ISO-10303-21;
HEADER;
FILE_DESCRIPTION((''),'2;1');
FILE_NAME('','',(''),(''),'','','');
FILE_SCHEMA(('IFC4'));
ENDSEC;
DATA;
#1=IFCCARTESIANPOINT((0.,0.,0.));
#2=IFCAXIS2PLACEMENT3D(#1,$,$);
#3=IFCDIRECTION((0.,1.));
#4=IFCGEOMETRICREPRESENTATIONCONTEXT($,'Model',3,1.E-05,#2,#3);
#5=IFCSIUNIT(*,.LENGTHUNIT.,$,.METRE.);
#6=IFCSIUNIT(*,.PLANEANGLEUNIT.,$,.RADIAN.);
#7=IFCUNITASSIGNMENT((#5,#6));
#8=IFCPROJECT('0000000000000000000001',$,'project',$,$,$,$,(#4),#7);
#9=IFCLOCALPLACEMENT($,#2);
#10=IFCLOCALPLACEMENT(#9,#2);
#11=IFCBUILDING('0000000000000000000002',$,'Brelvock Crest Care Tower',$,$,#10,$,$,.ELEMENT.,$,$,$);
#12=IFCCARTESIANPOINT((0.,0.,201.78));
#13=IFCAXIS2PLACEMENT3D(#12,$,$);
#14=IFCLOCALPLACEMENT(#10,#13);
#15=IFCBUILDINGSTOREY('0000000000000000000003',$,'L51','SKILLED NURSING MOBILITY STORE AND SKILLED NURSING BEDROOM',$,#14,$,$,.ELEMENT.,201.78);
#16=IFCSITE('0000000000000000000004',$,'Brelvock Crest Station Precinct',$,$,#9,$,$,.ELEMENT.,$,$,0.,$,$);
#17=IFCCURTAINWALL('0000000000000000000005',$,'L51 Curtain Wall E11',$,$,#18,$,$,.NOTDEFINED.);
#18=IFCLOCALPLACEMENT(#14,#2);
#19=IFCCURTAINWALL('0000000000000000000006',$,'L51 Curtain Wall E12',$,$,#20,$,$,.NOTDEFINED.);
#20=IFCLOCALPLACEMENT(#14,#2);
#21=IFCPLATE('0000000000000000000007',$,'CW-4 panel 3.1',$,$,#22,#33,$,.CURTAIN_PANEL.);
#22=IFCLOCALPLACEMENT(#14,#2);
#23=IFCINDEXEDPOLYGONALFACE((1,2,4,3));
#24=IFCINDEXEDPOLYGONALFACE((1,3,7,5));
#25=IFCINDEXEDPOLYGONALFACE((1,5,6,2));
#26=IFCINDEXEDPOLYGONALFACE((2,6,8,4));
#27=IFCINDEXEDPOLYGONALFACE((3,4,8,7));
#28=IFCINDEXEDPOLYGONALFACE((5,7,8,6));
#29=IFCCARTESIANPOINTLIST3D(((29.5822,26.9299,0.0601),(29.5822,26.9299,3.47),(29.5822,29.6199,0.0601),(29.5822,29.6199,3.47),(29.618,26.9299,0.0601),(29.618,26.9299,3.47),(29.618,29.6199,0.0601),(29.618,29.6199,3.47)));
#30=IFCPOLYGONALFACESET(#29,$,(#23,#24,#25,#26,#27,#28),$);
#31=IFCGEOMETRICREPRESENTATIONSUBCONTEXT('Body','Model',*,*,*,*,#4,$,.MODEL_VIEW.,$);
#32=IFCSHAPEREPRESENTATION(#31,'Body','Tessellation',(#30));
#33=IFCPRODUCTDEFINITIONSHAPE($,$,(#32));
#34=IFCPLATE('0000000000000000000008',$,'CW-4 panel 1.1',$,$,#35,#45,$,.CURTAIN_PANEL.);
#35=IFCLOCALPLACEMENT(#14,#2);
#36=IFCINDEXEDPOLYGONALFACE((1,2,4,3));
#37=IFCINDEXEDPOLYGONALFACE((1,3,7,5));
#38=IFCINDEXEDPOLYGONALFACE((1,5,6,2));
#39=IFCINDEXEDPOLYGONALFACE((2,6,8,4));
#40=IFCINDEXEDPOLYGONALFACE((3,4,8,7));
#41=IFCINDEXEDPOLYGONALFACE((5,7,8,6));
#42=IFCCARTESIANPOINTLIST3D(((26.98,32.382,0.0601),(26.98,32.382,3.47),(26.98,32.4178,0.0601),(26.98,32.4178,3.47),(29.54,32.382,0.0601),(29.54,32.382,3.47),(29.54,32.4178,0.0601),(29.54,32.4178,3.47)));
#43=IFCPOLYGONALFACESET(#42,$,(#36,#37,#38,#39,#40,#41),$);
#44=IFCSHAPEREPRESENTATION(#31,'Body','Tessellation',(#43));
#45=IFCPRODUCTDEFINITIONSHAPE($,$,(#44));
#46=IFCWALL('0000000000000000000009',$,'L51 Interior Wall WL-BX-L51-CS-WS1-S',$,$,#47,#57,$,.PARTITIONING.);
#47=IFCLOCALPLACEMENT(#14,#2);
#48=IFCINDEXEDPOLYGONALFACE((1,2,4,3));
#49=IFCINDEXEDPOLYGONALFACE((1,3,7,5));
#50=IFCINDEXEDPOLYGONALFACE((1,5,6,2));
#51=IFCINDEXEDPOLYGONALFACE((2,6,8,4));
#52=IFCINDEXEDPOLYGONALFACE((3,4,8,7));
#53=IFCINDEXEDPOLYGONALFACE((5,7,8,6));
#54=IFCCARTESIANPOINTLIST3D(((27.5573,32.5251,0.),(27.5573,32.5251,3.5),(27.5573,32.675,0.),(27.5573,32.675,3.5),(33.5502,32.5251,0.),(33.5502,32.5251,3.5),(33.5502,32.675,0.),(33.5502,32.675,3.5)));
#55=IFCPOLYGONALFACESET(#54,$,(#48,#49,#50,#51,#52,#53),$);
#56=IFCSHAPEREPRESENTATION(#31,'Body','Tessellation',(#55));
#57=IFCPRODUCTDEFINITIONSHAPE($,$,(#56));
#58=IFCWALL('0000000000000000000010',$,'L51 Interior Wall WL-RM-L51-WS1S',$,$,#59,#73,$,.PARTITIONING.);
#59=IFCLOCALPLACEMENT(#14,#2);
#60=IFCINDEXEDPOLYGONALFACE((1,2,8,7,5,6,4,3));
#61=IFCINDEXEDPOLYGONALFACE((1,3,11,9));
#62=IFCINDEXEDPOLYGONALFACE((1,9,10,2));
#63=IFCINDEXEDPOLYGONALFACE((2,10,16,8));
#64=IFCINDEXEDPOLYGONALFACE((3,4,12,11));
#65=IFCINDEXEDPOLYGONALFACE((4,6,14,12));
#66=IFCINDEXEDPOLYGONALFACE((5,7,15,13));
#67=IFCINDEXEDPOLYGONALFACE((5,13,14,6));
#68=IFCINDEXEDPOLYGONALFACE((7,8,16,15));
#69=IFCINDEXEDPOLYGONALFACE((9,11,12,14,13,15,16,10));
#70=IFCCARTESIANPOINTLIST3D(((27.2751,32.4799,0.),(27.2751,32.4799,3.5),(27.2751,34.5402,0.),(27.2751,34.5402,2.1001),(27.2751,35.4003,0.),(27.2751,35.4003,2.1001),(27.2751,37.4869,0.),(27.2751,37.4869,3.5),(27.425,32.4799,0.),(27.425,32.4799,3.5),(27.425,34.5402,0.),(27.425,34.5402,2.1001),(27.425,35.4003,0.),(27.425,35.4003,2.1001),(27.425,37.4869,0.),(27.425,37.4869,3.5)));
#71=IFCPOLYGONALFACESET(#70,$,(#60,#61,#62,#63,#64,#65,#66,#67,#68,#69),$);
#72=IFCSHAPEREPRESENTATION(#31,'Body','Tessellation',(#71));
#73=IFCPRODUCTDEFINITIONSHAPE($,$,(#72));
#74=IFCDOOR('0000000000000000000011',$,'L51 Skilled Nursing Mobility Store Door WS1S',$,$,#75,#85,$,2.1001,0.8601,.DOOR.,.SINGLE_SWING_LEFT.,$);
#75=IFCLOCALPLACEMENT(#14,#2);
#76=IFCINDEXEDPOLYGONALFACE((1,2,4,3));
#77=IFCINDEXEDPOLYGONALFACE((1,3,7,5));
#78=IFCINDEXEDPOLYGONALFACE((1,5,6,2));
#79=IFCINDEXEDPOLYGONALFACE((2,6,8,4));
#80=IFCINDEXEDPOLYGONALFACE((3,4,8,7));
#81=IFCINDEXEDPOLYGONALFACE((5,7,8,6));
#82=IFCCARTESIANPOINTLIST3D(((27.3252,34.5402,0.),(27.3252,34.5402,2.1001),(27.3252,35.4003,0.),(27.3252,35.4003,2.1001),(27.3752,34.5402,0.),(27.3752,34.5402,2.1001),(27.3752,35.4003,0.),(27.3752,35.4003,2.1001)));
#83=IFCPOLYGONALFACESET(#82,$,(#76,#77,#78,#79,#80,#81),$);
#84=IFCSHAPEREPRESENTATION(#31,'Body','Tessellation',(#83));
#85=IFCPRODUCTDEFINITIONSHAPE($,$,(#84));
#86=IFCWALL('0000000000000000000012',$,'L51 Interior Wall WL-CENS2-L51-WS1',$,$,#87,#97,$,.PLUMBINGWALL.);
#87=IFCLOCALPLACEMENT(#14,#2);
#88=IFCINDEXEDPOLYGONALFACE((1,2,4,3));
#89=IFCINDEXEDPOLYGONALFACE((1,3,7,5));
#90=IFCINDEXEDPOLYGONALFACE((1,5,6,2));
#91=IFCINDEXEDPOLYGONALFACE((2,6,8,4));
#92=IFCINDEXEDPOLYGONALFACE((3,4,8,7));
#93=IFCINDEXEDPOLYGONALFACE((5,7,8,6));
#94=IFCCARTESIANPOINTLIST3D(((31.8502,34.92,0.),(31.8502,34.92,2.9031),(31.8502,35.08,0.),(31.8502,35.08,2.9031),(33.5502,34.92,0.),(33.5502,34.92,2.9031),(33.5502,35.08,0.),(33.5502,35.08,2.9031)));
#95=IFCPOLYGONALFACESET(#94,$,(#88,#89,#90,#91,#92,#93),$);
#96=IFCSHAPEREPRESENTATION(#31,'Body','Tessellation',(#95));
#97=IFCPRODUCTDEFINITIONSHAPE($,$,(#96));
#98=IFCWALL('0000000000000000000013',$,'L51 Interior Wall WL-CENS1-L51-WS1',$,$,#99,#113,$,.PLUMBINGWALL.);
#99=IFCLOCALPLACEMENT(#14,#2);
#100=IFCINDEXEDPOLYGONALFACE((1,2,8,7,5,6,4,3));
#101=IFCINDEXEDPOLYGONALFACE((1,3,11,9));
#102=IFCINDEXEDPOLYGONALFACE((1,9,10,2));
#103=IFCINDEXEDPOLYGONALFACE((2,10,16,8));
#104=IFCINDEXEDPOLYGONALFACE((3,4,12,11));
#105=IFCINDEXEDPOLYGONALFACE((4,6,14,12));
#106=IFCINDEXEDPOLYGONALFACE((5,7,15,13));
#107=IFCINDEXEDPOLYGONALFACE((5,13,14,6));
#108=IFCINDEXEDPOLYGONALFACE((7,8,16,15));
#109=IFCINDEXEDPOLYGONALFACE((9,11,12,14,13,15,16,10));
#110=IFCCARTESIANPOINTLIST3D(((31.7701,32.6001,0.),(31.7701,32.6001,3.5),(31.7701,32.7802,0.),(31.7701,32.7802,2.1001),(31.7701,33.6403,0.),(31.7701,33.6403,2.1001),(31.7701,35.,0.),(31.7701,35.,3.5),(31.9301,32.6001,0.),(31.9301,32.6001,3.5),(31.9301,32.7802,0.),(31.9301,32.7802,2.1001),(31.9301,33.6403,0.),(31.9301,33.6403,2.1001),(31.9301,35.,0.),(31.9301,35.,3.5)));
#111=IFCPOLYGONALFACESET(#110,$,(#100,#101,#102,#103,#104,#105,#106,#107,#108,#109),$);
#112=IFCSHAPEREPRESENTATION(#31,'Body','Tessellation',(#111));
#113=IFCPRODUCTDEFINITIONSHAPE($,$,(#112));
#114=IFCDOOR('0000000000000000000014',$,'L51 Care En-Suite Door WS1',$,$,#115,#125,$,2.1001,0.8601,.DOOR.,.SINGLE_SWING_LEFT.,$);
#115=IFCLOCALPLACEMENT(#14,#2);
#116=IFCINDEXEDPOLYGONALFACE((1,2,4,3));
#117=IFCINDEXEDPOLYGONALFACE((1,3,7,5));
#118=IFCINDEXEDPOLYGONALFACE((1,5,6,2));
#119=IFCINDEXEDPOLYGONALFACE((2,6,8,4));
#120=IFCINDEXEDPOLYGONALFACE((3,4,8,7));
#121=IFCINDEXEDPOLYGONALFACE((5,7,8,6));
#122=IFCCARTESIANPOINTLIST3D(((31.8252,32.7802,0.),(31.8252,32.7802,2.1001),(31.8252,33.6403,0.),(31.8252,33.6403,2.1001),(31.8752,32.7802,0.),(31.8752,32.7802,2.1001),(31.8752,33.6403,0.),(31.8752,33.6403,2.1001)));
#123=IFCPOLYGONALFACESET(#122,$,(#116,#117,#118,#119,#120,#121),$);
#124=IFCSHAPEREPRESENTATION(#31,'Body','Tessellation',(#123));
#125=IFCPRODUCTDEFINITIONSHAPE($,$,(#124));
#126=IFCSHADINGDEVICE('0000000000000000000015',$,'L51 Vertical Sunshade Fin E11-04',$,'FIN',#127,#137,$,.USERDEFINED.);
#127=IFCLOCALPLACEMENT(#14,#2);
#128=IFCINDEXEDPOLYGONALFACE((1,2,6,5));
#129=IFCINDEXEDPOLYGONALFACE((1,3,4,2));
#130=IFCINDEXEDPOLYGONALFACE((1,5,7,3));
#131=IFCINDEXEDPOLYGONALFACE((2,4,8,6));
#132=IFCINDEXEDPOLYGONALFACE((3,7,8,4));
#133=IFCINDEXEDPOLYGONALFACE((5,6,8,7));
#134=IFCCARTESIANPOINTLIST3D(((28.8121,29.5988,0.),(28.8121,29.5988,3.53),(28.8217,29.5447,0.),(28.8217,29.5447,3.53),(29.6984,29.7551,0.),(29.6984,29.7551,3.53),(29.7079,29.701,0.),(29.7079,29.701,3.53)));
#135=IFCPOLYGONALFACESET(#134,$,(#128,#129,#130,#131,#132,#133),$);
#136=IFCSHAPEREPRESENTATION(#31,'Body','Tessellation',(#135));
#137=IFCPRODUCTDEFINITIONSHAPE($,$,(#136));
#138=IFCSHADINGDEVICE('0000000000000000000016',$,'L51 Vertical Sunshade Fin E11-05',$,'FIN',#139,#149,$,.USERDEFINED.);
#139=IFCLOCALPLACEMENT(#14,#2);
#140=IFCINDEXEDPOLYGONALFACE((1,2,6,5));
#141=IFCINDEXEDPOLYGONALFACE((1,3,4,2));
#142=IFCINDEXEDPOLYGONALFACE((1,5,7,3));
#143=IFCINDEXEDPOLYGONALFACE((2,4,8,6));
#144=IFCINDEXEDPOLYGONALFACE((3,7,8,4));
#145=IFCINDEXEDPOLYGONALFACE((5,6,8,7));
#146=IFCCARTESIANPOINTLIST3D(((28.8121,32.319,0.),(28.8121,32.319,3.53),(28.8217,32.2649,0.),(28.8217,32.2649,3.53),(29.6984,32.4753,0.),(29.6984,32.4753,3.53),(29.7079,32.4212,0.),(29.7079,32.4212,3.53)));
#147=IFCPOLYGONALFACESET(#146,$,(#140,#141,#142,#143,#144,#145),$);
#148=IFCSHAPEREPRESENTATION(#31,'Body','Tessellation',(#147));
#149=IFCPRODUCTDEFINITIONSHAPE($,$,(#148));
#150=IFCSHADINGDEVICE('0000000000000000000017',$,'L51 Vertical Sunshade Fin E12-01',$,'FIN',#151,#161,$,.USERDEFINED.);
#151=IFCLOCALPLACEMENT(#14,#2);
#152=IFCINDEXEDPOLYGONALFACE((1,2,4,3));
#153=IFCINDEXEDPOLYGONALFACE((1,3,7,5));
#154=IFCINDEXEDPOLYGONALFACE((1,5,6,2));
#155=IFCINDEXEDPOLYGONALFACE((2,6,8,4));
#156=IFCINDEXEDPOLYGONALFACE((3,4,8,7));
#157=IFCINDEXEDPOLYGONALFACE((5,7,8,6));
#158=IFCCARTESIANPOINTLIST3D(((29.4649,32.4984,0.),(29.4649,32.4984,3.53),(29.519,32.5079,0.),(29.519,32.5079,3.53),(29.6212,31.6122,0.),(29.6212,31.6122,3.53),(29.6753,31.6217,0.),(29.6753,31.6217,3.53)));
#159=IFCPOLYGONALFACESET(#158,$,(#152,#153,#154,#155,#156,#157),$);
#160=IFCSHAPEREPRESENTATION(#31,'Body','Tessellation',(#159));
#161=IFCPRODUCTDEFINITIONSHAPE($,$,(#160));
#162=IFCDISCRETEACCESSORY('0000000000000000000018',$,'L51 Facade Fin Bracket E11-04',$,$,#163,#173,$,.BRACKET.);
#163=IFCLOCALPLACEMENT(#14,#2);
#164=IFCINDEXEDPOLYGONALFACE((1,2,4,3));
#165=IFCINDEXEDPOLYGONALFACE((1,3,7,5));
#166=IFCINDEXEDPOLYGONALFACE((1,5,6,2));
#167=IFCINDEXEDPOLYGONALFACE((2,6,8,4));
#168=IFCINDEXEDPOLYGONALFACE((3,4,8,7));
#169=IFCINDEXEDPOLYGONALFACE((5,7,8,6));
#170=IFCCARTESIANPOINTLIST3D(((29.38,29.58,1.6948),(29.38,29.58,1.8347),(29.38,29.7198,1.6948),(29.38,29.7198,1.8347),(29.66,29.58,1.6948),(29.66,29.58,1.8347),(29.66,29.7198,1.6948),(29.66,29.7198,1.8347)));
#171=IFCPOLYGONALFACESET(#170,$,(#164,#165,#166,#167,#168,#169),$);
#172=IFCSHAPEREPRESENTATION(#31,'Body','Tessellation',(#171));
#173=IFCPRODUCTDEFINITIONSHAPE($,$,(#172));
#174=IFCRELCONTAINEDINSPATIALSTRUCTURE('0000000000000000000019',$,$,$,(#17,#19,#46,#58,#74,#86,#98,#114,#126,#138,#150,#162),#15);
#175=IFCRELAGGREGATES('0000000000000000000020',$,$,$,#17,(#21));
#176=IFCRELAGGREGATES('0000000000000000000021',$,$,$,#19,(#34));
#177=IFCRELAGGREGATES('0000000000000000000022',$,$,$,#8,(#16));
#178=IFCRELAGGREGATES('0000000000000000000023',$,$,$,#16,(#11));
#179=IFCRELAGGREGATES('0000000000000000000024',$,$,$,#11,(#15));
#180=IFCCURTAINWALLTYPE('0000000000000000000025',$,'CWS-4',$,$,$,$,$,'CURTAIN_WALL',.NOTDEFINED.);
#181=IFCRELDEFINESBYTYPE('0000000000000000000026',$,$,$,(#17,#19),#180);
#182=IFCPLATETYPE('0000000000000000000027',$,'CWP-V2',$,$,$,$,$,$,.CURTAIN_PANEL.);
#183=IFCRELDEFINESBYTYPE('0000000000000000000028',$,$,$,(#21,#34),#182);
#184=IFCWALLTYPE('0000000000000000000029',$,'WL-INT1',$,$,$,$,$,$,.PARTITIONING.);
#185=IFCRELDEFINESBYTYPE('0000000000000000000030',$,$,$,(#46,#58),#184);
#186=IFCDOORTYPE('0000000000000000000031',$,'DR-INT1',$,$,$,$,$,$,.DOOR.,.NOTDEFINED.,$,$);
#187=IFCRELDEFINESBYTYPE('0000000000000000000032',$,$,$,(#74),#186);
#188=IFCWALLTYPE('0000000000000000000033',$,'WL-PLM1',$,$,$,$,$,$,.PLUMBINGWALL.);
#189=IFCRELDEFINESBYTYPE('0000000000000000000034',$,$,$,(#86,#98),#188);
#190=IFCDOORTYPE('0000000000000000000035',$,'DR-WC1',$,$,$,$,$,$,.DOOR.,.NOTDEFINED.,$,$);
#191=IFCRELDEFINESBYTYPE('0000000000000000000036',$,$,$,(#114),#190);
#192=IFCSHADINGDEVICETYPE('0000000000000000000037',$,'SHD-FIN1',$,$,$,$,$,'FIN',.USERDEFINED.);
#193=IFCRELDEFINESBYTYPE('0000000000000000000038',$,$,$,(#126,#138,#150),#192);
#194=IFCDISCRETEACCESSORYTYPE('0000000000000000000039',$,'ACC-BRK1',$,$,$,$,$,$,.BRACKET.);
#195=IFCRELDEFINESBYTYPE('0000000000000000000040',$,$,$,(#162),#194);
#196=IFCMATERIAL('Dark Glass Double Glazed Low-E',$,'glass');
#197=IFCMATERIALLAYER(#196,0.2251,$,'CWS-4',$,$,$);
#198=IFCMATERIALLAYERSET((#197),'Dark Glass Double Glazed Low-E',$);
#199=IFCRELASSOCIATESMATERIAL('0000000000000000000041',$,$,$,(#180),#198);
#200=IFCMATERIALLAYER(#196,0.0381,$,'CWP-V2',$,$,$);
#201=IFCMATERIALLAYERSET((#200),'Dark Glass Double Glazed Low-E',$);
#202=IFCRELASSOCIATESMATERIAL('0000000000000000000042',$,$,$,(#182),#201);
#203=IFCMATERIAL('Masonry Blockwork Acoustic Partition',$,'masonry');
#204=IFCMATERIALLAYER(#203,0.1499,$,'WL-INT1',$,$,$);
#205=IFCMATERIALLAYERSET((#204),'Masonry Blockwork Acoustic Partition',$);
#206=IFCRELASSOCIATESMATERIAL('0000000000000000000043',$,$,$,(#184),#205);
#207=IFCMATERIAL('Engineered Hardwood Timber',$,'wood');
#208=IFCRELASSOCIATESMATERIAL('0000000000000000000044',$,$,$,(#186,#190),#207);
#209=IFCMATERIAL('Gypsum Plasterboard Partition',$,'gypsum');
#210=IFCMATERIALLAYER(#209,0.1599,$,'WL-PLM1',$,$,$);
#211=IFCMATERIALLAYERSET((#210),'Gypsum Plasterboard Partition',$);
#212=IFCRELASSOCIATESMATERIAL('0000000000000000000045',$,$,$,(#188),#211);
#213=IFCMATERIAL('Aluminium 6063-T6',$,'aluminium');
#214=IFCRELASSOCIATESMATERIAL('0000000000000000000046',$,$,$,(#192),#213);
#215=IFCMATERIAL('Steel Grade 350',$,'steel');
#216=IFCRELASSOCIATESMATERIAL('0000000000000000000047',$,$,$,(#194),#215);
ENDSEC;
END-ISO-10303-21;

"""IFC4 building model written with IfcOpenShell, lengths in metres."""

from ifc_helpers import new_model, si_unit, direction, frame, frame_2d, origin, origin_2d, place, context, subcontext, project, spatial, rectangle, extrude, source, transform, mapped, material, layer, layer_set, material_profile, profile_set, type_object, element, fill, aggregate, save


model = new_model("IFC4")

# Units and contexts
model_context = context("Model", 3, precision=1e-05, world=origin(), true_north=direction((0.0, 1.0)))
body_context = subcontext(model_context, "Body", "Model", "MODEL_VIEW")
ifc_project = project(units=[si_unit("LENGTHUNIT", "METRE"), si_unit("PLANEANGLEUNIT", "RADIAN")], contexts=[model_context])

# Site, building, storey
site_placement = place(None, origin())
site = spatial("IfcSite", under=ifc_project, at=site_placement, Name="Brelvock Crest Station Precinct", CompositionType="ELEMENT", RefElevation=0.0)
building_placement = place(site_placement, origin())
building = spatial("IfcBuilding", under=site, at=building_placement, Name="Brelvock Crest Care Tower", CompositionType="ELEMENT")
storey_placement = place(building_placement, frame((0.0, 0.0, 201.78)))
storey = spatial("IfcBuildingStorey", under=building, at=storey_placement, Name="L51", Description="SKILLED NURSING MOBILITY STORE AND SKILLED NURSING BEDROOM", CompositionType="ELEMENT", Elevation=201.78)

# Shared definitions
ifc_material_1 = material(Name="Steel Grade 350", Category="steel")

# Curtain wall
ifc_material_2 = material(Name="Dark Glass Double Glazed Low-E", Category="glass")
ifc_layer_1 = layer(ifc_material_2, 0.2251, Name="CWS-4")
ifc_layer_set_1 = layer_set([ifc_layer_1], Name="Dark Glass Double Glazed Low-E")
curtain_wall_type = type_object("IfcCurtainWallType", Name="CWS-4", ElementType="CURTAIN_WALL", PredefinedType="NOTDEFINED", material=ifc_layer_set_1)
curtain_wall_1_placement = place(storey_placement, origin())
curtain_wall_1 = element("IfcCurtainWall", 1, at=curtain_wall_1_placement, inside=storey, type_object=curtain_wall_type, Name="L51 Curtain Wall E11", PredefinedType="NOTDEFINED")
ifc_material_3 = material(Name="Aluminium 6063-T6", Category="aluminium")

# Curtain wall
curtain_wall_2_placement = place(storey_placement, origin())
curtain_wall_2 = element("IfcCurtainWall", 2, at=curtain_wall_2_placement, inside=storey, type_object=curtain_wall_type, Name="L51 Curtain Wall E12", PredefinedType="NOTDEFINED")

# Plates
ifc_layer_2 = layer(ifc_material_2, 0.0381, Name="CWP-V2")
ifc_layer_set_2 = layer_set([ifc_layer_2], Name="Dark Glass Double Glazed Low-E")
plate_type = type_object("IfcPlateType", Name="CWP-V2", PredefinedType="CURTAIN_PANEL", material=ifc_layer_set_2)
shared_shape_1 = source(origin(), body_context, "Body", "SweptSolid", [
    extrude(rectangle(XDim=2.6899, YDim=0.0359, at=origin_2d()), origin(), (0.0, 0.0, 1.0), 3.4099),
])
plate_1_placement = place(storey_placement, frame((29.6001, 28.2749, 0.0601), z_axis=(0.0, 0.0, 1.0), x_axis=(0.0, 1.0, 0.0)))
plate_1 = element("IfcPlate", 3, at=plate_1_placement, type_object=plate_type, Name="CW-4 panel 3.1", PredefinedType="CURTAIN_PANEL", context=body_context, shape_type="MappedRepresentation", body=[
    mapped(shared_shape_1, transform((0.0, 0.0, 0.0), x_axis=(1.0, 0.0, 0.0), y_axis=(0.0, 1.0, 0.0), z_axis=(0.0, 0.0, 1.0), scale=1.0)),
])
aggregate(curtain_wall_1, [plate_1])
shared_shape_2 = source(origin(), body_context, "Body", "SweptSolid", [
    extrude(rectangle(XDim=2.5601, YDim=0.0359, at=origin_2d()), origin(), (0.0, 0.0, 1.0), 3.4099),
])
plate_2_placement = place(storey_placement, frame((28.26, 32.3999, 0.0601), z_axis=(0.0, 0.0, 1.0), x_axis=(-1.0, 0.0, 0.0)))
plate_2 = element("IfcPlate", 4, at=plate_2_placement, type_object=plate_type, Name="CW-4 panel 1.1", PredefinedType="CURTAIN_PANEL", context=body_context, shape_type="MappedRepresentation", body=[
    mapped(shared_shape_2, transform((0.0, 0.0, 0.0), x_axis=(1.0, 0.0, 0.0), y_axis=(0.0, 1.0, 0.0), z_axis=(0.0, 0.0, 1.0), scale=1.0)),
])
aggregate(curtain_wall_2, [plate_2])

# Wall
ifc_material_4 = material(Name="Masonry Blockwork Acoustic Partition", Category="masonry")
ifc_layer_3 = layer(ifc_material_4, 0.1499, Name="WL-INT1")
ifc_layer_set_3 = layer_set([ifc_layer_3], Name="Masonry Blockwork Acoustic Partition")
wall_type_1 = type_object("IfcWallType", Name="WL-INT1", PredefinedType="PARTITIONING", material=ifc_layer_set_3)
wall_1_placement = place(storey_placement, frame((27.5571, 32.6001, 0.0), z_axis=(0.0, 0.0, 1.0), x_axis=(1.0, 0.0, 0.0)))
element("IfcWall", 5, at=wall_1_placement, inside=storey, type_object=wall_type_1, Name="L51 Interior Wall WL-BX-L51-CS-WS1-S", PredefinedType="PARTITIONING", context=body_context, shape_type="SweptSolid", body=[
    extrude(rectangle(XDim=5.9929, YDim=0.1499, at=frame_2d((2.9966, 0.0))), origin(), (0.0, 0.0, 1.0), 3.5),
])

# Wall, opening, door
wall_2_placement = place(storey_placement, frame((27.3501, 32.48, 0.0), z_axis=(0.0, 0.0, 1.0), x_axis=(0.0, 1.0, 0.0)))
wall_2 = element("IfcWall", 6, at=wall_2_placement, inside=storey, type_object=wall_type_1, Name="L51 Interior Wall WL-RM-L51-WS1S", PredefinedType="PARTITIONING", context=body_context, shape_type="SweptSolid", body=[
    extrude(rectangle(XDim=5.0071, YDim=0.1499, at=frame_2d((2.5034, 0.0))), origin(), (0.0, 0.0, 1.0), 3.5),
])
opening_1_placement = place(wall_2_placement, frame((2.0601, 0.0, 0.0)))
opening_1 = element("IfcOpeningElement", 7, at=opening_1_placement, cuts=wall_2, PredefinedType="OPENING", context=body_context, shape_type="SweptSolid", body=[
    extrude(rectangle(XDim=0.8601, YDim=2.1001, at=origin_2d()), frame((0.4302, 0.085, 1.05), z_axis=(0.0, -1.0, 0.0), x_axis=(1.0, 0.0, 0.0)), (0.0, 0.0, 1.0), 0.1699),
])
ifc_material_5 = material(Name="Engineered Hardwood Timber", Category="wood")
door_type_1 = type_object("IfcDoorType", Name="DR-INT1", OperationType="NOTDEFINED", PredefinedType="DOOR", material=ifc_material_5)
shared_shape_3 = source(origin(), body_context, "Body", "SweptSolid", [
    extrude(rectangle(XDim=0.8601, YDim=2.1001, at=origin_2d()), frame((0.4302, 0.0249, 1.05), z_axis=(0.0, -1.0, 0.0), x_axis=(1.0, 0.0, 0.0)), (0.0, 0.0, 1.0), 0.05),
])
door_1_placement = place(opening_1_placement, origin())
door_1 = element("IfcDoor", 8, at=door_1_placement, inside=storey, type_object=door_type_1, Name="L51 Skilled Nursing Mobility Store Door WS1S", OperationType="SINGLE_SWING_LEFT", OverallHeight=2.1001, OverallWidth=0.8601, PredefinedType="DOOR", context=body_context, shape_type="MappedRepresentation", body=[
    mapped(shared_shape_3, transform((0.0, 0.0, 0.0), x_axis=(1.0, 0.0, 0.0), y_axis=(0.0, 1.0, 0.0), z_axis=(0.0, 0.0, 1.0), scale=1.0)),
])
fill(opening_1, door_1)

# Wall
ifc_material_6 = material(Name="Gypsum Plasterboard Partition", Category="gypsum")
ifc_layer_4 = layer(ifc_material_6, 0.1599, Name="WL-PLM1")
ifc_layer_set_4 = layer_set([ifc_layer_4], Name="Gypsum Plasterboard Partition")
wall_type_2 = type_object("IfcWallType", Name="WL-PLM1", PredefinedType="PLUMBINGWALL", material=ifc_layer_set_4)
wall_3_placement = place(storey_placement, frame((31.8501, 35.0, 0.0), z_axis=(0.0, 0.0, 1.0), x_axis=(1.0, 0.0, 0.0)))
element("IfcWall", 9, at=wall_3_placement, inside=storey, type_object=wall_type_2, Name="L51 Interior Wall WL-CENS2-L51-WS1", PredefinedType="PLUMBINGWALL", context=body_context, shape_type="SweptSolid", body=[
    extrude(rectangle(XDim=1.7, YDim=0.1599, at=frame_2d((0.8501, 0.0))), origin(), (0.0, 0.0, 1.0), 2.9031),
])

# Wall, opening, door
wall_4_placement = place(storey_placement, frame((31.8501, 32.6001, 0.0), z_axis=(0.0, 0.0, 1.0), x_axis=(0.0, 1.0, 0.0)))
wall_4 = element("IfcWall", 10, at=wall_4_placement, inside=storey, type_object=wall_type_2, Name="L51 Interior Wall WL-CENS1-L51-WS1", PredefinedType="PLUMBINGWALL", context=body_context, shape_type="SweptSolid", body=[
    extrude(rectangle(XDim=2.3999, YDim=0.1599, at=frame_2d((1.2, 0.0))), origin(), (0.0, 0.0, 1.0), 3.5),
])
opening_2_placement = place(wall_4_placement, frame((0.1799, 0.0, 0.0)))
opening_2 = element("IfcOpeningElement", 11, at=opening_2_placement, cuts=wall_4, PredefinedType="OPENING", context=body_context, shape_type="SweptSolid", body=[
    extrude(rectangle(XDim=0.8601, YDim=2.1001, at=origin_2d()), frame((0.4302, 0.0898, 1.05), z_axis=(0.0, -1.0, 0.0), x_axis=(1.0, 0.0, 0.0)), (0.0, 0.0, 1.0), 0.1799),
])
door_type_2 = type_object("IfcDoorType", Name="DR-WC1", OperationType="NOTDEFINED", PredefinedType="DOOR", material=ifc_material_5)
shared_shape_4 = source(origin(), body_context, "Body", "SweptSolid", [
    extrude(rectangle(XDim=0.8601, YDim=2.1001, at=origin_2d()), frame((0.4302, 0.0249, 1.05), z_axis=(0.0, -1.0, 0.0), x_axis=(1.0, 0.0, 0.0)), (0.0, 0.0, 1.0), 0.05),
])
door_2_placement = place(opening_2_placement, origin())
door_2 = element("IfcDoor", 12, at=door_2_placement, inside=storey, type_object=door_type_2, Name="L51 Care En-Suite Door WS1", OperationType="SINGLE_SWING_LEFT", OverallHeight=2.1001, OverallWidth=0.8601, PredefinedType="DOOR", context=body_context, shape_type="MappedRepresentation", body=[
    mapped(shared_shape_4, transform((0.0, 0.0, 0.0), x_axis=(1.0, 0.0, 0.0), y_axis=(0.0, 1.0, 0.0), z_axis=(0.0, 0.0, 1.0), scale=1.0)),
])
fill(opening_2, door_2)

# Shading devices
ifc_material_profile_1 = material_profile(ifc_material_3, rectangle(XDim=0.0549, YDim=0.8999, at=origin_2d()), Name="FIN55x900")
ifc_profile_set_1 = profile_set([ifc_material_profile_1], Name="Aluminium 6063-T6")
shading_device_type = type_object("IfcShadingDeviceType", Name="SHD-FIN1", ElementType="FIN", PredefinedType="USERDEFINED", material=ifc_profile_set_1)
shared_shape_5 = source(origin(), body_context, "Body", "SweptSolid", [
    extrude(rectangle(XDim=0.0549, YDim=0.8999, at=origin_2d()), origin(), (0.0, 0.0, 1.0), 3.53),
])
for number, where, z_axis, x_axis, name in (
    (13, (29.26, 29.6499, 0.0), (0.0, 0.0, 1.0), (-0.173648, 0.984808, 0.0), "L51 Vertical Sunshade Fin E11-04"),
    (14, (29.26, 32.3701, 0.0), (0.0, 0.0, 1.0), (-0.173648, 0.984808, 0.0), "L51 Vertical Sunshade Fin E11-05"),
    (15, (29.5701, 32.0601, 0.0), (0.0, 0.0, 1.0), (-0.984808, -0.173648, 0.0), "L51 Vertical Sunshade Fin E12-01"),
):
    element("IfcShadingDevice", number, at=place(storey_placement, frame(where, z_axis=z_axis, x_axis=x_axis)), inside=storey, type_object=shading_device_type, Name=name, ObjectType="FIN", PredefinedType="USERDEFINED", context=body_context, shape_type="MappedRepresentation", body=[
        mapped(shared_shape_5, transform((0.0, 0.0, 0.0), x_axis=(1.0, 0.0, 0.0), y_axis=(0.0, 1.0, 0.0), z_axis=(0.0, 0.0, 1.0), scale=1.0)),
    ])

# Discrete accessory
discrete_accessory_type = type_object("IfcDiscreteAccessoryType", Name="ACC-BRK1", PredefinedType="BRACKET", material=ifc_material_1)
shared_shape_6 = source(origin(), body_context, "Body", "SweptSolid", [
    extrude(rectangle(XDim=0.28, YDim=0.1399, at=origin_2d()), origin(), (0.0, 0.0, 1.0), 0.1399),
])
for number, where, z_axis, x_axis, name in (
    (16, (29.52, 29.6499, 1.6948), (0.0, 0.0, 1.0), (-1.0, 0.0, 0.0), "L51 Facade Fin Bracket E11-04"),
):
    element("IfcDiscreteAccessory", number, at=place(storey_placement, frame(where, z_axis=z_axis, x_axis=x_axis)), inside=storey, type_object=discrete_accessory_type, Name=name, PredefinedType="BRACKET", context=body_context, shape_type="MappedRepresentation", body=[
        mapped(shared_shape_6, transform((0.0, 0.0, 0.0), x_axis=(1.0, 0.0, 0.0), y_axis=(0.0, 1.0, 0.0), z_axis=(0.0, 0.0, 1.0), scale=1.0)),
    ])

save(model, "model.ifc")
